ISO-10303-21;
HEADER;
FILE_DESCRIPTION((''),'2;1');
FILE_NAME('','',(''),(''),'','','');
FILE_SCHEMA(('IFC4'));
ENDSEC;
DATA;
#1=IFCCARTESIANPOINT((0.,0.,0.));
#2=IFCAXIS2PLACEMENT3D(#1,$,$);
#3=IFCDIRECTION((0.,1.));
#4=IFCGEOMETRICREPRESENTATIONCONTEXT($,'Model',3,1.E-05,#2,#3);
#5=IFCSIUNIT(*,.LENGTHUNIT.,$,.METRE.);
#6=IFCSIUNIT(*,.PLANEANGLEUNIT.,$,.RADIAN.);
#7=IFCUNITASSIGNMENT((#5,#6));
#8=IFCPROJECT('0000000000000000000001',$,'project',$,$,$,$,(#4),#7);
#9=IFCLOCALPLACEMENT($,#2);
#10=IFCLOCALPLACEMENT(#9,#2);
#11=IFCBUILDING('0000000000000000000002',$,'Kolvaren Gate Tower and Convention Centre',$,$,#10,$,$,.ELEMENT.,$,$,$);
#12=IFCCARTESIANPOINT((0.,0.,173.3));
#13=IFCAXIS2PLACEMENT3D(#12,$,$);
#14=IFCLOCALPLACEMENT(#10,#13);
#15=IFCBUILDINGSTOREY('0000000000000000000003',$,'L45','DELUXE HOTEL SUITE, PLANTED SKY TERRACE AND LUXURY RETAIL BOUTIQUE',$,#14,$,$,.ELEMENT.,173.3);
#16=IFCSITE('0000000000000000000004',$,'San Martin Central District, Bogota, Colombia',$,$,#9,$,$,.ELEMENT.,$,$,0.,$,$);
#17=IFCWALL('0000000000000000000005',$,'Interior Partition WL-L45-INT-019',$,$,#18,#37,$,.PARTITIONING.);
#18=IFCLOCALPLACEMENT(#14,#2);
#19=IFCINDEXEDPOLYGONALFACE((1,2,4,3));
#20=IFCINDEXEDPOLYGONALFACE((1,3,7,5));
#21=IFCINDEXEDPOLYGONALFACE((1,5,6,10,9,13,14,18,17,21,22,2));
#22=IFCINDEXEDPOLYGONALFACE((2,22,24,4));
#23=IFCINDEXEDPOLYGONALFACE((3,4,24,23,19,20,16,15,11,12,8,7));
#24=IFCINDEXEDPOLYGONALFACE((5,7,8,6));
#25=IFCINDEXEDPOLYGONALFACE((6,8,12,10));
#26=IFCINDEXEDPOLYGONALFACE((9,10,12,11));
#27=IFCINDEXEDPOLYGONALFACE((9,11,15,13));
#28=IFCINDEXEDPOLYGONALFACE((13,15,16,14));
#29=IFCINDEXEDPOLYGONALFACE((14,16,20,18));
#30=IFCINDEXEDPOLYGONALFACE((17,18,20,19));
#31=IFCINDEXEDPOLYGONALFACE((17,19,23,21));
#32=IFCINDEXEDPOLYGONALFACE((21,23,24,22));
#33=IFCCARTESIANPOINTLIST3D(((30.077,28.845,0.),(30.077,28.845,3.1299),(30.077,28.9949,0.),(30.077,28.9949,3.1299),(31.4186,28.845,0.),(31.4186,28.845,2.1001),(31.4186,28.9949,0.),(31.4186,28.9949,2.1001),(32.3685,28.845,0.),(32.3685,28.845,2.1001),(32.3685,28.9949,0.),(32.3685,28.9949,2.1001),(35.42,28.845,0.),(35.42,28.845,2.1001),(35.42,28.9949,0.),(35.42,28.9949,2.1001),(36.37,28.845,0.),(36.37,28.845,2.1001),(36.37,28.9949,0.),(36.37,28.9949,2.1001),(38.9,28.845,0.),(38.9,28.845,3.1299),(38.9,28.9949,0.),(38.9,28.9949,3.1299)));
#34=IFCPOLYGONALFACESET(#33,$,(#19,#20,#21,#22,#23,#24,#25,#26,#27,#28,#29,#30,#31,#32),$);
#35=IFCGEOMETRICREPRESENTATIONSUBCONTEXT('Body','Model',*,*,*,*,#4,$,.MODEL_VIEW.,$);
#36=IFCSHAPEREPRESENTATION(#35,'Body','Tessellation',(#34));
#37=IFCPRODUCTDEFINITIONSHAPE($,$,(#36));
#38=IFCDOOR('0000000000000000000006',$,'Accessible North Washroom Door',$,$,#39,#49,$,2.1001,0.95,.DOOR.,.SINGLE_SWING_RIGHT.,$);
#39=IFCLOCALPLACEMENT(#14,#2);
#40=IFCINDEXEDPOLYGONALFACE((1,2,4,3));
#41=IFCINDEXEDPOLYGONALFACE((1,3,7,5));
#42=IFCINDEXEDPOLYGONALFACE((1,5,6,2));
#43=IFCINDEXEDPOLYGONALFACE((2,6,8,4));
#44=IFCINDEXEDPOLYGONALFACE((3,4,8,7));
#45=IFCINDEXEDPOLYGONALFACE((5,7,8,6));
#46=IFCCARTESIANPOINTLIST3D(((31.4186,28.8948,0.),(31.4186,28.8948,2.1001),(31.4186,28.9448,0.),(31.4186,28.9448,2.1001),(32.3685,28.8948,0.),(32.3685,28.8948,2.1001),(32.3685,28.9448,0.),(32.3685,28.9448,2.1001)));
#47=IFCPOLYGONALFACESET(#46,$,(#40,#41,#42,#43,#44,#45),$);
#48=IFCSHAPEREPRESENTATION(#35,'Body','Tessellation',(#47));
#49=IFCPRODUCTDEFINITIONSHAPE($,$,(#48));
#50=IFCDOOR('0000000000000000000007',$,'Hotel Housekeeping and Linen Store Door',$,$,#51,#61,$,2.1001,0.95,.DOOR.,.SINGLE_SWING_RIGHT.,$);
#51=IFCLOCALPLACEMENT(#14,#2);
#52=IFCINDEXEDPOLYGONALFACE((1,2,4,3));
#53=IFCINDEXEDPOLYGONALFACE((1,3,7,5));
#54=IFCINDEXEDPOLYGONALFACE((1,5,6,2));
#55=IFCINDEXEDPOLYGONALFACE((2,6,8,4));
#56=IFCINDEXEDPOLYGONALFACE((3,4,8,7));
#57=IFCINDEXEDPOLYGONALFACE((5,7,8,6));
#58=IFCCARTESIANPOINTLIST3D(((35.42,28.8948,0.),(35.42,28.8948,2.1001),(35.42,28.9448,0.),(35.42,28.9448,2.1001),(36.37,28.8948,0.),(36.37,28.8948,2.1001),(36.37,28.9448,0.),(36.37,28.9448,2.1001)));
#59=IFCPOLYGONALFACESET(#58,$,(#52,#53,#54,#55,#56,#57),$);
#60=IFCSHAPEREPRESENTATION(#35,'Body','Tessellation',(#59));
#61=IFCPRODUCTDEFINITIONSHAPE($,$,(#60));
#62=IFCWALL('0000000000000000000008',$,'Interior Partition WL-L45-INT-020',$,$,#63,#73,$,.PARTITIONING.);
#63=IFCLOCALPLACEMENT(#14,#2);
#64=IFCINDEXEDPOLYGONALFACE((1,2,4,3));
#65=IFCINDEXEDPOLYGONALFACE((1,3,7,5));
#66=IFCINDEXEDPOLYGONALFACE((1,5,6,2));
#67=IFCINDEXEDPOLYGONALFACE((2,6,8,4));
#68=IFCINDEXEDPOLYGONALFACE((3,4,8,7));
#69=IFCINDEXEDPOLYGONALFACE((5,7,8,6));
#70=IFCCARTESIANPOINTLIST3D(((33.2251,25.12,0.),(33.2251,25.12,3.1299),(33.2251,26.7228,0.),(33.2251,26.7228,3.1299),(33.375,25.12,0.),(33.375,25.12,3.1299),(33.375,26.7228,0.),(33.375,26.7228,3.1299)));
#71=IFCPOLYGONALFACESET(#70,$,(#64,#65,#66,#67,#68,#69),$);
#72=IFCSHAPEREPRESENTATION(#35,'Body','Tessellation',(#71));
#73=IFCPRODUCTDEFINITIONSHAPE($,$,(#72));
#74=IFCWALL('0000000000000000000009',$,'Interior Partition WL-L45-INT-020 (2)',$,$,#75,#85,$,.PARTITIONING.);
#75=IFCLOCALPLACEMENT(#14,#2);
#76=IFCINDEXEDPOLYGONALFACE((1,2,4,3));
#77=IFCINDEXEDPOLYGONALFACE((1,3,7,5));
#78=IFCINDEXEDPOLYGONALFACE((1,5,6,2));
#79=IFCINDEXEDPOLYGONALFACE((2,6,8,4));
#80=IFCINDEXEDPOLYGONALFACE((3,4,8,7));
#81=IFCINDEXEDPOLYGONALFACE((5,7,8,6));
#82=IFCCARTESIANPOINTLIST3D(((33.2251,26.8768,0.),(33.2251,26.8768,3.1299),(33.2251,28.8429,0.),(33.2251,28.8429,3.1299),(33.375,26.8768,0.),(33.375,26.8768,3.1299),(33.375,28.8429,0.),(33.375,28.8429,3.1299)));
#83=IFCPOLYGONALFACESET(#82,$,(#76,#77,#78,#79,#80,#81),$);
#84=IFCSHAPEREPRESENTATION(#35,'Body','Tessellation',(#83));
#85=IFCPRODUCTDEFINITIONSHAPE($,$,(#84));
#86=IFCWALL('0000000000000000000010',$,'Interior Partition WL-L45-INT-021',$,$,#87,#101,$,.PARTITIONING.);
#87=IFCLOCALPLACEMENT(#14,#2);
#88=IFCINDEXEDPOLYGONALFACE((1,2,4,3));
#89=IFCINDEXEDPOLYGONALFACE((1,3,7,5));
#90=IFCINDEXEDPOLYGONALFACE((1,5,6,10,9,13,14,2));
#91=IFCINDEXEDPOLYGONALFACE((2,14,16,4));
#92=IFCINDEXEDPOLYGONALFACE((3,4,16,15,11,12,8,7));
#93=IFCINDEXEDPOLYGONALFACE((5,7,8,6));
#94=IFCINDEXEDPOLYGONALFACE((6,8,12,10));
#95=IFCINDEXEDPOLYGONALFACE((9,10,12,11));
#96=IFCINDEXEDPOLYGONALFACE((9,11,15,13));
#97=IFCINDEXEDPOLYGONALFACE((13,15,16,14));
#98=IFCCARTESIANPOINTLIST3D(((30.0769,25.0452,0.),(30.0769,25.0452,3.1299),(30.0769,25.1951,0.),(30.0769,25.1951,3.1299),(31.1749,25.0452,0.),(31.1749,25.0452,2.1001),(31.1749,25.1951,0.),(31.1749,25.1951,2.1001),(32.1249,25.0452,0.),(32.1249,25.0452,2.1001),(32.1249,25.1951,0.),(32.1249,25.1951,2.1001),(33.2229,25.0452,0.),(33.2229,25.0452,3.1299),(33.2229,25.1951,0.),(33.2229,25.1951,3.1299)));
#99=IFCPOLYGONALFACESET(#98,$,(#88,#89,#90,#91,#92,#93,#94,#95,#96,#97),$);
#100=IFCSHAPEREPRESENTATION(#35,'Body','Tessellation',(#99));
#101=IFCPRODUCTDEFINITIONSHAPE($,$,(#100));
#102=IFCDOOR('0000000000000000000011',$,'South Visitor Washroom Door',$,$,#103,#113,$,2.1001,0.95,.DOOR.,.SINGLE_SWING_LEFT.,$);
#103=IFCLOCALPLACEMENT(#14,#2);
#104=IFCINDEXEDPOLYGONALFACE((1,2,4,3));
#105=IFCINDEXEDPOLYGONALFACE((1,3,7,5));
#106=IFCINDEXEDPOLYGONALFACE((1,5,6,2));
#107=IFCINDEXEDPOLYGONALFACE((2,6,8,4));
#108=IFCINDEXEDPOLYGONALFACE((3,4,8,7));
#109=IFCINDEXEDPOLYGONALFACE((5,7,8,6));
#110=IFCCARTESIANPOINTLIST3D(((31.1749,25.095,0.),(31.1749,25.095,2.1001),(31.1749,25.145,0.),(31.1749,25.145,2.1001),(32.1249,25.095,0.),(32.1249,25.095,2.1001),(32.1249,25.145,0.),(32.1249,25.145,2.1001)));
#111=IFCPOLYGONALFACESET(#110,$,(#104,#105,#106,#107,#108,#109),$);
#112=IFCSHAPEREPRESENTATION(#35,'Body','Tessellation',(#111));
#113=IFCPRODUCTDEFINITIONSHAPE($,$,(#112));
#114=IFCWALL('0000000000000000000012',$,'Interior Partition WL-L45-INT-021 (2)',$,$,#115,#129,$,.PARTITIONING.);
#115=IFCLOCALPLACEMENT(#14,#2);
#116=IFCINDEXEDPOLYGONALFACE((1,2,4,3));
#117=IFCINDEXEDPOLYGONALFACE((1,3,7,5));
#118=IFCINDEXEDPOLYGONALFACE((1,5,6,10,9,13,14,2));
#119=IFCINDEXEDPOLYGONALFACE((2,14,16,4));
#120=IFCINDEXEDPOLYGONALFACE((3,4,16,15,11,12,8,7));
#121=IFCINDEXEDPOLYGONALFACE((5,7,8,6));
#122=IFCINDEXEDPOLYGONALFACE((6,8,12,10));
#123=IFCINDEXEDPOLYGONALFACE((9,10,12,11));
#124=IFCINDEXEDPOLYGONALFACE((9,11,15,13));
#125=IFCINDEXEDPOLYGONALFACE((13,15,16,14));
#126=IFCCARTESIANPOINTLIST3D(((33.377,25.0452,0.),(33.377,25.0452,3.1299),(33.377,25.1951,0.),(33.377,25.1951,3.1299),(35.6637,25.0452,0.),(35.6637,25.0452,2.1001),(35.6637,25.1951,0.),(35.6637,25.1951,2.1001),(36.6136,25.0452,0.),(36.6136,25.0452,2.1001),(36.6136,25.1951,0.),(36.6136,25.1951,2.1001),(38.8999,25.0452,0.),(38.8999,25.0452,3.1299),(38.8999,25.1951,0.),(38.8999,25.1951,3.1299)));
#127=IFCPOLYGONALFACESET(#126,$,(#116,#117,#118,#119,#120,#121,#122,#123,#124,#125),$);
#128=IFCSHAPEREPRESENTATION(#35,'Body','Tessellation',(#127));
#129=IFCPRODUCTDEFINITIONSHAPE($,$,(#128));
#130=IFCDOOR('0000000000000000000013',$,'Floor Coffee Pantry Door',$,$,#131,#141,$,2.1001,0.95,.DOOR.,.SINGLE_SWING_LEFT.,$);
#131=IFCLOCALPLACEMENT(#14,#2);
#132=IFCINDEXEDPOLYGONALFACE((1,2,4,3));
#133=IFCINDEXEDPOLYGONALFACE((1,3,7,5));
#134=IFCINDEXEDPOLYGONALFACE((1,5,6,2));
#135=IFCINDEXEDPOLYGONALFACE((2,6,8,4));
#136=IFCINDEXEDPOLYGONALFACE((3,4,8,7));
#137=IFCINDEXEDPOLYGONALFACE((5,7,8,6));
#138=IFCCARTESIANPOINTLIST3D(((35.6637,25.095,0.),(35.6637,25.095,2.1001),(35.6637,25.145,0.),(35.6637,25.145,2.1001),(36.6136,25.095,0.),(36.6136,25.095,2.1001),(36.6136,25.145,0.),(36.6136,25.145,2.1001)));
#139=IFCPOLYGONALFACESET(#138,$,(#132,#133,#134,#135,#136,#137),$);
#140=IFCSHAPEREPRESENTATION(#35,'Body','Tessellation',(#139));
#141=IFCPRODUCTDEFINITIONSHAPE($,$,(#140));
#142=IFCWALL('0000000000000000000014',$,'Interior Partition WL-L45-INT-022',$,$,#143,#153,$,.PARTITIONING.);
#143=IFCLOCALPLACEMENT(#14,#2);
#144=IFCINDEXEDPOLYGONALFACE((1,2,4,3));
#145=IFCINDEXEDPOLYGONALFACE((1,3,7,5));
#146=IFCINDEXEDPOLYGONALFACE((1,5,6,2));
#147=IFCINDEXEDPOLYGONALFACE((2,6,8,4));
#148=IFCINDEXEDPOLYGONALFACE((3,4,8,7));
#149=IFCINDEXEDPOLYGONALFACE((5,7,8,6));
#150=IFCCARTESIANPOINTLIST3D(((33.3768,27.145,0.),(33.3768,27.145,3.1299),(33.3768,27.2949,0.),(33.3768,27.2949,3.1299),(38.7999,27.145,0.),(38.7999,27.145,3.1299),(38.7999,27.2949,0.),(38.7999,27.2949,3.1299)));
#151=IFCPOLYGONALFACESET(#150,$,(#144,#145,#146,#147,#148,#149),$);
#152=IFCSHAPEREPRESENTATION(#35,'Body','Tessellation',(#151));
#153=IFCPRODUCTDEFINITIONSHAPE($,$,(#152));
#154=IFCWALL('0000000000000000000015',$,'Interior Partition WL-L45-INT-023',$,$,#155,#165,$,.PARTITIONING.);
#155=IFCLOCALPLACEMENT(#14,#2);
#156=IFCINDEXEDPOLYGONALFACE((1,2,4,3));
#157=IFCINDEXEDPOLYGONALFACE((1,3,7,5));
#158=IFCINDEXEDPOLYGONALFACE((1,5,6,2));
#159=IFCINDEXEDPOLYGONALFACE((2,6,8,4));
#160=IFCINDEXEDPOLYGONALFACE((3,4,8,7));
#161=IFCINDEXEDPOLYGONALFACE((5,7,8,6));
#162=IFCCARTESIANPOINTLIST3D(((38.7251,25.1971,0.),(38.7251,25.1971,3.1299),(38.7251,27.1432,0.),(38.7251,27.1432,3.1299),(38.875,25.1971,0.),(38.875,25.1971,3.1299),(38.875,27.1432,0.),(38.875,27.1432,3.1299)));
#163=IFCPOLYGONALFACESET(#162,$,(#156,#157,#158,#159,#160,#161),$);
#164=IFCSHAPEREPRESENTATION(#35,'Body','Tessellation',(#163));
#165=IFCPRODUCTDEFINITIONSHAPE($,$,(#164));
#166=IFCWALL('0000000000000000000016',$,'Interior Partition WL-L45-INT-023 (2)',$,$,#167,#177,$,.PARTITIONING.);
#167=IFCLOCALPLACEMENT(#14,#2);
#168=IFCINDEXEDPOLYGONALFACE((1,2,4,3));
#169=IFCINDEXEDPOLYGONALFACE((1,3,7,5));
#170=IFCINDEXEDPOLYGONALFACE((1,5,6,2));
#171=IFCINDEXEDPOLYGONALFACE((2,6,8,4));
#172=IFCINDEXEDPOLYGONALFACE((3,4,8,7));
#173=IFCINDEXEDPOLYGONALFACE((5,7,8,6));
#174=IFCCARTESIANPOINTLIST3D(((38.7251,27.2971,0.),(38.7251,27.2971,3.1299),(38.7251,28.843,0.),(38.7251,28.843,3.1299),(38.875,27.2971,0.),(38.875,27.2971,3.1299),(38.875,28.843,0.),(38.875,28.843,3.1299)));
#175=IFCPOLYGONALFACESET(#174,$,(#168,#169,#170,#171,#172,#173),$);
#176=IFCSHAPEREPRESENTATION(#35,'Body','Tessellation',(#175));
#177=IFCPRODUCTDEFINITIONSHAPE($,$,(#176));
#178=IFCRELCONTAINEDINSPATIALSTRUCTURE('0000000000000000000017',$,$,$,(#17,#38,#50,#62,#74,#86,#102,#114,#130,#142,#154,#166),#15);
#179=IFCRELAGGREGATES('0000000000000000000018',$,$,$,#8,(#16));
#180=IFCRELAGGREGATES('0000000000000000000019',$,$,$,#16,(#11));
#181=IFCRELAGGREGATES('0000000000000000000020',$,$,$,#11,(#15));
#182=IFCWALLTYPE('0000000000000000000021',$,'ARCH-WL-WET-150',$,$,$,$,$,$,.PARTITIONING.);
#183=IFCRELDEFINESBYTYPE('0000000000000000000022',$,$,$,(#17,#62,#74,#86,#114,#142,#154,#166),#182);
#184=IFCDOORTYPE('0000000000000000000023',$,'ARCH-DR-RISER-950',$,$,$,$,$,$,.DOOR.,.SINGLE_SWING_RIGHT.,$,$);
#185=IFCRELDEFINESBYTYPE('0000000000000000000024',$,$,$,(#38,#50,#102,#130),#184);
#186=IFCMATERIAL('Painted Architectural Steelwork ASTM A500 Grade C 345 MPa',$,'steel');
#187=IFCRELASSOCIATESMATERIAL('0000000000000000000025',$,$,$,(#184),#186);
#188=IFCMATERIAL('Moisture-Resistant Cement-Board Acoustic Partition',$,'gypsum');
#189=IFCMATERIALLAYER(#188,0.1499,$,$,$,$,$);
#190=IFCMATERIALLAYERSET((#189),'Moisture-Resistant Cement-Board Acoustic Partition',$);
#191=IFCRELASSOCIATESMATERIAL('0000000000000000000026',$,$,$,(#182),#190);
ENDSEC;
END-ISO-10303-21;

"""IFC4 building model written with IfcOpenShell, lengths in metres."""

from ifc_helpers import new_model, si_unit, direction, frame, frame_2d, origin, place, context, subcontext, project, spatial, rectangle, extrude, material, layer, layer_set, type_object, element, fill, save


model = new_model("IFC4")

# Units and contexts
model_context = context("Model", 3, precision=1e-05, world=origin(), true_north=direction((0.0, 1.0)))
body_context = subcontext(model_context, "Body", "Model", "MODEL_VIEW")
ifc_project = project(units=[si_unit("LENGTHUNIT", "METRE"), si_unit("PLANEANGLEUNIT", "RADIAN")], contexts=[model_context])

# Site, building, storey
site_placement = place(None, origin())
site = spatial("IfcSite", under=ifc_project, at=site_placement, Name="San Martin Central District, Bogota, Colombia", CompositionType="ELEMENT", RefElevation=0.0)
building_placement = place(site_placement, origin())
building = spatial("IfcBuilding", under=site, at=building_placement, Name="Kolvaren Gate Tower and Convention Centre", CompositionType="ELEMENT")
storey_placement = place(building_placement, frame((0.0, 0.0, 173.3)))
storey = spatial("IfcBuildingStorey", under=building, at=storey_placement, Name="L45", Description="DELUXE HOTEL SUITE, PLANTED SKY TERRACE AND LUXURY RETAIL BOUTIQUE", CompositionType="ELEMENT", Elevation=173.3)

# Shared definitions
ifc_material_1 = material(Name="Painted Architectural Steelwork ASTM A500 Grade C 345 MPa", Category="steel")
door_type = type_object("IfcDoorType", Name="ARCH-DR-RISER-950", OperationType="SINGLE_SWING_RIGHT", PredefinedType="DOOR", material=ifc_material_1)

# Shared definitions
ifc_material_2 = material(Name="Moisture-Resistant Cement-Board Acoustic Partition", Category="gypsum")
ifc_layer_1 = layer(ifc_material_2, 0.1499)
ifc_layer_set_1 = layer_set([ifc_layer_1], Name="Moisture-Resistant Cement-Board Acoustic Partition")
wall_type_1 = type_object("IfcWallType", Name="ARCH-WL-WET-150", PredefinedType="PARTITIONING", material=ifc_layer_set_1)

# Wall, openings, doors
wall_1_placement = place(storey_placement, frame((30.0769, 28.9199, 0.0), z_axis=(0.0, 0.0, 1.0), x_axis=(1.0, 0.0, 0.0)))
wall_1 = element("IfcWall", 1, at=wall_1_placement, inside=storey, type_object=wall_type_1, Name="Interior Partition WL-L45-INT-019", PredefinedType="PARTITIONING", context=body_context, shape_type="SweptSolid", body=[
    extrude(rectangle(XDim=8.823, YDim=0.1499, at=frame_2d((4.4116, 0.0))), origin(), (0.0, 0.0, 1.0), 3.1299),
])
opening_1_placement = place(wall_1_placement, frame((1.3416, 0.0, 0.0)))
opening_1 = element("IfcOpeningElement", 2, at=opening_1_placement, cuts=wall_1, PredefinedType="OPENING", context=body_context, shape_type="SweptSolid", body=[
    extrude(rectangle(XDim=0.95, YDim=2.1001, at=frame_2d((0.4751, 1.05))), frame((0.0, 0.085, 0.0), z_axis=(0.0, -1.0, 0.0), x_axis=(1.0, 0.0, 0.0)), (0.0, 0.0, 1.0), 0.1699),
])
opening_2_placement = place(wall_1_placement, frame((5.343, 0.0, 0.0)))
opening_2 = element("IfcOpeningElement", 3, at=opening_2_placement, cuts=wall_1, PredefinedType="OPENING", context=body_context, shape_type="SweptSolid", body=[
    extrude(rectangle(XDim=0.95, YDim=2.1001, at=frame_2d((0.4751, 1.05))), frame((0.0, 0.085, 0.0), z_axis=(0.0, -1.0, 0.0), x_axis=(1.0, 0.0, 0.0)), (0.0, 0.0, 1.0), 0.1699),
])
door_1_placement = place(opening_1_placement, origin())
door_1 = element("IfcDoor", 4, at=door_1_placement, inside=storey, type_object=door_type, Name="Accessible North Washroom Door", OperationType="SINGLE_SWING_RIGHT", OverallHeight=2.1001, OverallWidth=0.95, PredefinedType="DOOR", context=body_context, shape_type="SweptSolid", body=[
    extrude(rectangle(XDim=0.95, YDim=2.1001, at=frame_2d((0.4751, 1.05))), frame((0.0, 0.0249, 0.0), z_axis=(0.0, -1.0, 0.0), x_axis=(1.0, 0.0, 0.0)), (0.0, 0.0, 1.0), 0.05),
])
fill(opening_1, door_1)
door_2_placement = place(opening_2_placement, origin())
door_2 = element("IfcDoor", 5, at=door_2_placement, inside=storey, type_object=door_type, Name="Hotel Housekeeping and Linen Store Door", OperationType="SINGLE_SWING_RIGHT", OverallHeight=2.1001, OverallWidth=0.95, PredefinedType="DOOR", context=body_context, shape_type="SweptSolid", body=[
    extrude(rectangle(XDim=0.95, YDim=2.1001, at=frame_2d((0.4751, 1.05))), frame((0.0, 0.0249, 0.0), z_axis=(0.0, -1.0, 0.0), x_axis=(1.0, 0.0, 0.0)), (0.0, 0.0, 1.0), 0.05),
])
fill(opening_2, door_2)

# Walls
wall_2_placement = place(storey_placement, frame((33.3, 25.1201, 0.0), z_axis=(0.0, 0.0, 1.0), x_axis=(0.0, 1.0, 0.0)))
element("IfcWall", 6, at=wall_2_placement, inside=storey, type_object=wall_type_1, Name="Interior Partition WL-L45-INT-020", PredefinedType="PARTITIONING", context=body_context, shape_type="SweptSolid", body=[
    extrude(rectangle(XDim=1.6028, YDim=0.1499, at=frame_2d((0.8013, 0.0))), origin(), (0.0, 0.0, 1.0), 3.1299),
])
wall_3_placement = place(storey_placement, frame((33.3, 26.877, 0.0), z_axis=(0.0, 0.0, 1.0), x_axis=(0.0, 1.0, 0.0)))
element("IfcWall", 7, at=wall_3_placement, inside=storey, type_object=wall_type_1, Name="Interior Partition WL-L45-INT-020 (2)", PredefinedType="PARTITIONING", context=body_context, shape_type="SweptSolid", body=[
    extrude(rectangle(XDim=1.9661, YDim=0.1499, at=frame_2d((0.9829, 0.0))), origin(), (0.0, 0.0, 1.0), 3.1299),
])

# Walls, openings, doors
wall_4_placement = place(storey_placement, frame((30.0769, 25.1201, 0.0), z_axis=(0.0, 0.0, 1.0), x_axis=(1.0, 0.0, 0.0)))
wall_4 = element("IfcWall", 8, at=wall_4_placement, inside=storey, type_object=wall_type_1, Name="Interior Partition WL-L45-INT-021", PredefinedType="PARTITIONING", context=body_context, shape_type="SweptSolid", body=[
    extrude(rectangle(XDim=3.146, YDim=0.1499, at=frame_2d((1.573, 0.0))), origin(), (0.0, 0.0, 1.0), 3.1299),
])
opening_3_placement = place(wall_4_placement, frame((1.0979, 0.0, 0.0)))
opening_3 = element("IfcOpeningElement", 9, at=opening_3_placement, cuts=wall_4, PredefinedType="OPENING", context=body_context, shape_type="SweptSolid", body=[
    extrude(rectangle(XDim=0.95, YDim=2.1001, at=frame_2d((0.4751, 1.05))), frame((0.0, 0.085, 0.0), z_axis=(0.0, -1.0, 0.0), x_axis=(1.0, 0.0, 0.0)), (0.0, 0.0, 1.0), 0.1699),
])
door_3_placement = place(opening_3_placement, origin())
door_3 = element("IfcDoor", 10, at=door_3_placement, inside=storey, type_object=door_type, Name="South Visitor Washroom Door", OperationType="SINGLE_SWING_LEFT", OverallHeight=2.1001, OverallWidth=0.95, PredefinedType="DOOR", context=body_context, shape_type="SweptSolid", body=[
    extrude(rectangle(XDim=0.95, YDim=2.1001, at=frame_2d((0.4751, 1.05))), frame((0.0, 0.0249, 0.0), z_axis=(0.0, -1.0, 0.0), x_axis=(1.0, 0.0, 0.0)), (0.0, 0.0, 1.0), 0.05),
])
fill(opening_3, door_3)
wall_5_placement = place(storey_placement, frame((33.377, 25.1201, 0.0), z_axis=(0.0, 0.0, 1.0), x_axis=(1.0, 0.0, 0.0)))
wall_5 = element("IfcWall", 11, at=wall_5_placement, inside=storey, type_object=wall_type_1, Name="Interior Partition WL-L45-INT-021 (2)", PredefinedType="PARTITIONING", context=body_context, shape_type="SweptSolid", body=[
    extrude(rectangle(XDim=5.5229, YDim=0.1499, at=frame_2d((2.7615, 0.0))), origin(), (0.0, 0.0, 1.0), 3.1299),
])
opening_4_placement = place(wall_5_placement, frame((2.2866, 0.0, 0.0)))
opening_4 = element("IfcOpeningElement", 12, at=opening_4_placement, cuts=wall_5, PredefinedType="OPENING", context=body_context, shape_type="SweptSolid", body=[
    extrude(rectangle(XDim=0.95, YDim=2.1001, at=frame_2d((0.4751, 1.05))), frame((0.0, 0.085, 0.0), z_axis=(0.0, -1.0, 0.0), x_axis=(1.0, 0.0, 0.0)), (0.0, 0.0, 1.0), 0.1699),
])
door_4_placement = place(opening_4_placement, origin())
door_4 = element("IfcDoor", 13, at=door_4_placement, inside=storey, type_object=door_type, Name="Floor Coffee Pantry Door", OperationType="SINGLE_SWING_LEFT", OverallHeight=2.1001, OverallWidth=0.95, PredefinedType="DOOR", context=body_context, shape_type="SweptSolid", body=[
    extrude(rectangle(XDim=0.95, YDim=2.1001, at=frame_2d((0.4751, 1.05))), frame((0.0, 0.0249, 0.0), z_axis=(0.0, -1.0, 0.0), x_axis=(1.0, 0.0, 0.0)), (0.0, 0.0, 1.0), 0.05),
])
fill(opening_4, door_4)

# Walls
wall_6_placement = place(storey_placement, frame((33.377, 27.22, 0.0), z_axis=(0.0, 0.0, 1.0), x_axis=(1.0, 0.0, 0.0)))
element("IfcWall", 14, at=wall_6_placement, inside=storey, type_object=wall_type_1, Name="Interior Partition WL-L45-INT-022", PredefinedType="PARTITIONING", context=body_context, shape_type="SweptSolid", body=[
    extrude(rectangle(XDim=5.4231, YDim=0.1499, at=frame_2d((2.7114, 0.0))), origin(), (0.0, 0.0, 1.0), 3.1299),
])
wall_7_placement = place(storey_placement, frame((38.8, 25.197, 0.0), z_axis=(0.0, 0.0, 1.0), x_axis=(0.0, 1.0, 0.0)))
element("IfcWall", 15, at=wall_7_placement, inside=storey, type_object=wall_type_1, Name="Interior Partition WL-L45-INT-023", PredefinedType="PARTITIONING", context=body_context, shape_type="SweptSolid", body=[
    extrude(rectangle(XDim=1.946, YDim=0.1499, at=frame_2d((0.9731, 0.0))), origin(), (0.0, 0.0, 1.0), 3.1299),
])
wall_8_placement = place(storey_placement, frame((38.8, 27.2971, 0.0), z_axis=(0.0, 0.0, 1.0), x_axis=(0.0, 1.0, 0.0)))
element("IfcWall", 16, at=wall_8_placement, inside=storey, type_object=wall_type_1, Name="Interior Partition WL-L45-INT-023 (2)", PredefinedType="PARTITIONING", context=body_context, shape_type="SweptSolid", body=[
    extrude(rectangle(XDim=1.5459, YDim=0.1499, at=frame_2d((0.7729, 0.0))), origin(), (0.0, 0.0, 1.0), 3.1299),
])

save(model, "model.ifc")
